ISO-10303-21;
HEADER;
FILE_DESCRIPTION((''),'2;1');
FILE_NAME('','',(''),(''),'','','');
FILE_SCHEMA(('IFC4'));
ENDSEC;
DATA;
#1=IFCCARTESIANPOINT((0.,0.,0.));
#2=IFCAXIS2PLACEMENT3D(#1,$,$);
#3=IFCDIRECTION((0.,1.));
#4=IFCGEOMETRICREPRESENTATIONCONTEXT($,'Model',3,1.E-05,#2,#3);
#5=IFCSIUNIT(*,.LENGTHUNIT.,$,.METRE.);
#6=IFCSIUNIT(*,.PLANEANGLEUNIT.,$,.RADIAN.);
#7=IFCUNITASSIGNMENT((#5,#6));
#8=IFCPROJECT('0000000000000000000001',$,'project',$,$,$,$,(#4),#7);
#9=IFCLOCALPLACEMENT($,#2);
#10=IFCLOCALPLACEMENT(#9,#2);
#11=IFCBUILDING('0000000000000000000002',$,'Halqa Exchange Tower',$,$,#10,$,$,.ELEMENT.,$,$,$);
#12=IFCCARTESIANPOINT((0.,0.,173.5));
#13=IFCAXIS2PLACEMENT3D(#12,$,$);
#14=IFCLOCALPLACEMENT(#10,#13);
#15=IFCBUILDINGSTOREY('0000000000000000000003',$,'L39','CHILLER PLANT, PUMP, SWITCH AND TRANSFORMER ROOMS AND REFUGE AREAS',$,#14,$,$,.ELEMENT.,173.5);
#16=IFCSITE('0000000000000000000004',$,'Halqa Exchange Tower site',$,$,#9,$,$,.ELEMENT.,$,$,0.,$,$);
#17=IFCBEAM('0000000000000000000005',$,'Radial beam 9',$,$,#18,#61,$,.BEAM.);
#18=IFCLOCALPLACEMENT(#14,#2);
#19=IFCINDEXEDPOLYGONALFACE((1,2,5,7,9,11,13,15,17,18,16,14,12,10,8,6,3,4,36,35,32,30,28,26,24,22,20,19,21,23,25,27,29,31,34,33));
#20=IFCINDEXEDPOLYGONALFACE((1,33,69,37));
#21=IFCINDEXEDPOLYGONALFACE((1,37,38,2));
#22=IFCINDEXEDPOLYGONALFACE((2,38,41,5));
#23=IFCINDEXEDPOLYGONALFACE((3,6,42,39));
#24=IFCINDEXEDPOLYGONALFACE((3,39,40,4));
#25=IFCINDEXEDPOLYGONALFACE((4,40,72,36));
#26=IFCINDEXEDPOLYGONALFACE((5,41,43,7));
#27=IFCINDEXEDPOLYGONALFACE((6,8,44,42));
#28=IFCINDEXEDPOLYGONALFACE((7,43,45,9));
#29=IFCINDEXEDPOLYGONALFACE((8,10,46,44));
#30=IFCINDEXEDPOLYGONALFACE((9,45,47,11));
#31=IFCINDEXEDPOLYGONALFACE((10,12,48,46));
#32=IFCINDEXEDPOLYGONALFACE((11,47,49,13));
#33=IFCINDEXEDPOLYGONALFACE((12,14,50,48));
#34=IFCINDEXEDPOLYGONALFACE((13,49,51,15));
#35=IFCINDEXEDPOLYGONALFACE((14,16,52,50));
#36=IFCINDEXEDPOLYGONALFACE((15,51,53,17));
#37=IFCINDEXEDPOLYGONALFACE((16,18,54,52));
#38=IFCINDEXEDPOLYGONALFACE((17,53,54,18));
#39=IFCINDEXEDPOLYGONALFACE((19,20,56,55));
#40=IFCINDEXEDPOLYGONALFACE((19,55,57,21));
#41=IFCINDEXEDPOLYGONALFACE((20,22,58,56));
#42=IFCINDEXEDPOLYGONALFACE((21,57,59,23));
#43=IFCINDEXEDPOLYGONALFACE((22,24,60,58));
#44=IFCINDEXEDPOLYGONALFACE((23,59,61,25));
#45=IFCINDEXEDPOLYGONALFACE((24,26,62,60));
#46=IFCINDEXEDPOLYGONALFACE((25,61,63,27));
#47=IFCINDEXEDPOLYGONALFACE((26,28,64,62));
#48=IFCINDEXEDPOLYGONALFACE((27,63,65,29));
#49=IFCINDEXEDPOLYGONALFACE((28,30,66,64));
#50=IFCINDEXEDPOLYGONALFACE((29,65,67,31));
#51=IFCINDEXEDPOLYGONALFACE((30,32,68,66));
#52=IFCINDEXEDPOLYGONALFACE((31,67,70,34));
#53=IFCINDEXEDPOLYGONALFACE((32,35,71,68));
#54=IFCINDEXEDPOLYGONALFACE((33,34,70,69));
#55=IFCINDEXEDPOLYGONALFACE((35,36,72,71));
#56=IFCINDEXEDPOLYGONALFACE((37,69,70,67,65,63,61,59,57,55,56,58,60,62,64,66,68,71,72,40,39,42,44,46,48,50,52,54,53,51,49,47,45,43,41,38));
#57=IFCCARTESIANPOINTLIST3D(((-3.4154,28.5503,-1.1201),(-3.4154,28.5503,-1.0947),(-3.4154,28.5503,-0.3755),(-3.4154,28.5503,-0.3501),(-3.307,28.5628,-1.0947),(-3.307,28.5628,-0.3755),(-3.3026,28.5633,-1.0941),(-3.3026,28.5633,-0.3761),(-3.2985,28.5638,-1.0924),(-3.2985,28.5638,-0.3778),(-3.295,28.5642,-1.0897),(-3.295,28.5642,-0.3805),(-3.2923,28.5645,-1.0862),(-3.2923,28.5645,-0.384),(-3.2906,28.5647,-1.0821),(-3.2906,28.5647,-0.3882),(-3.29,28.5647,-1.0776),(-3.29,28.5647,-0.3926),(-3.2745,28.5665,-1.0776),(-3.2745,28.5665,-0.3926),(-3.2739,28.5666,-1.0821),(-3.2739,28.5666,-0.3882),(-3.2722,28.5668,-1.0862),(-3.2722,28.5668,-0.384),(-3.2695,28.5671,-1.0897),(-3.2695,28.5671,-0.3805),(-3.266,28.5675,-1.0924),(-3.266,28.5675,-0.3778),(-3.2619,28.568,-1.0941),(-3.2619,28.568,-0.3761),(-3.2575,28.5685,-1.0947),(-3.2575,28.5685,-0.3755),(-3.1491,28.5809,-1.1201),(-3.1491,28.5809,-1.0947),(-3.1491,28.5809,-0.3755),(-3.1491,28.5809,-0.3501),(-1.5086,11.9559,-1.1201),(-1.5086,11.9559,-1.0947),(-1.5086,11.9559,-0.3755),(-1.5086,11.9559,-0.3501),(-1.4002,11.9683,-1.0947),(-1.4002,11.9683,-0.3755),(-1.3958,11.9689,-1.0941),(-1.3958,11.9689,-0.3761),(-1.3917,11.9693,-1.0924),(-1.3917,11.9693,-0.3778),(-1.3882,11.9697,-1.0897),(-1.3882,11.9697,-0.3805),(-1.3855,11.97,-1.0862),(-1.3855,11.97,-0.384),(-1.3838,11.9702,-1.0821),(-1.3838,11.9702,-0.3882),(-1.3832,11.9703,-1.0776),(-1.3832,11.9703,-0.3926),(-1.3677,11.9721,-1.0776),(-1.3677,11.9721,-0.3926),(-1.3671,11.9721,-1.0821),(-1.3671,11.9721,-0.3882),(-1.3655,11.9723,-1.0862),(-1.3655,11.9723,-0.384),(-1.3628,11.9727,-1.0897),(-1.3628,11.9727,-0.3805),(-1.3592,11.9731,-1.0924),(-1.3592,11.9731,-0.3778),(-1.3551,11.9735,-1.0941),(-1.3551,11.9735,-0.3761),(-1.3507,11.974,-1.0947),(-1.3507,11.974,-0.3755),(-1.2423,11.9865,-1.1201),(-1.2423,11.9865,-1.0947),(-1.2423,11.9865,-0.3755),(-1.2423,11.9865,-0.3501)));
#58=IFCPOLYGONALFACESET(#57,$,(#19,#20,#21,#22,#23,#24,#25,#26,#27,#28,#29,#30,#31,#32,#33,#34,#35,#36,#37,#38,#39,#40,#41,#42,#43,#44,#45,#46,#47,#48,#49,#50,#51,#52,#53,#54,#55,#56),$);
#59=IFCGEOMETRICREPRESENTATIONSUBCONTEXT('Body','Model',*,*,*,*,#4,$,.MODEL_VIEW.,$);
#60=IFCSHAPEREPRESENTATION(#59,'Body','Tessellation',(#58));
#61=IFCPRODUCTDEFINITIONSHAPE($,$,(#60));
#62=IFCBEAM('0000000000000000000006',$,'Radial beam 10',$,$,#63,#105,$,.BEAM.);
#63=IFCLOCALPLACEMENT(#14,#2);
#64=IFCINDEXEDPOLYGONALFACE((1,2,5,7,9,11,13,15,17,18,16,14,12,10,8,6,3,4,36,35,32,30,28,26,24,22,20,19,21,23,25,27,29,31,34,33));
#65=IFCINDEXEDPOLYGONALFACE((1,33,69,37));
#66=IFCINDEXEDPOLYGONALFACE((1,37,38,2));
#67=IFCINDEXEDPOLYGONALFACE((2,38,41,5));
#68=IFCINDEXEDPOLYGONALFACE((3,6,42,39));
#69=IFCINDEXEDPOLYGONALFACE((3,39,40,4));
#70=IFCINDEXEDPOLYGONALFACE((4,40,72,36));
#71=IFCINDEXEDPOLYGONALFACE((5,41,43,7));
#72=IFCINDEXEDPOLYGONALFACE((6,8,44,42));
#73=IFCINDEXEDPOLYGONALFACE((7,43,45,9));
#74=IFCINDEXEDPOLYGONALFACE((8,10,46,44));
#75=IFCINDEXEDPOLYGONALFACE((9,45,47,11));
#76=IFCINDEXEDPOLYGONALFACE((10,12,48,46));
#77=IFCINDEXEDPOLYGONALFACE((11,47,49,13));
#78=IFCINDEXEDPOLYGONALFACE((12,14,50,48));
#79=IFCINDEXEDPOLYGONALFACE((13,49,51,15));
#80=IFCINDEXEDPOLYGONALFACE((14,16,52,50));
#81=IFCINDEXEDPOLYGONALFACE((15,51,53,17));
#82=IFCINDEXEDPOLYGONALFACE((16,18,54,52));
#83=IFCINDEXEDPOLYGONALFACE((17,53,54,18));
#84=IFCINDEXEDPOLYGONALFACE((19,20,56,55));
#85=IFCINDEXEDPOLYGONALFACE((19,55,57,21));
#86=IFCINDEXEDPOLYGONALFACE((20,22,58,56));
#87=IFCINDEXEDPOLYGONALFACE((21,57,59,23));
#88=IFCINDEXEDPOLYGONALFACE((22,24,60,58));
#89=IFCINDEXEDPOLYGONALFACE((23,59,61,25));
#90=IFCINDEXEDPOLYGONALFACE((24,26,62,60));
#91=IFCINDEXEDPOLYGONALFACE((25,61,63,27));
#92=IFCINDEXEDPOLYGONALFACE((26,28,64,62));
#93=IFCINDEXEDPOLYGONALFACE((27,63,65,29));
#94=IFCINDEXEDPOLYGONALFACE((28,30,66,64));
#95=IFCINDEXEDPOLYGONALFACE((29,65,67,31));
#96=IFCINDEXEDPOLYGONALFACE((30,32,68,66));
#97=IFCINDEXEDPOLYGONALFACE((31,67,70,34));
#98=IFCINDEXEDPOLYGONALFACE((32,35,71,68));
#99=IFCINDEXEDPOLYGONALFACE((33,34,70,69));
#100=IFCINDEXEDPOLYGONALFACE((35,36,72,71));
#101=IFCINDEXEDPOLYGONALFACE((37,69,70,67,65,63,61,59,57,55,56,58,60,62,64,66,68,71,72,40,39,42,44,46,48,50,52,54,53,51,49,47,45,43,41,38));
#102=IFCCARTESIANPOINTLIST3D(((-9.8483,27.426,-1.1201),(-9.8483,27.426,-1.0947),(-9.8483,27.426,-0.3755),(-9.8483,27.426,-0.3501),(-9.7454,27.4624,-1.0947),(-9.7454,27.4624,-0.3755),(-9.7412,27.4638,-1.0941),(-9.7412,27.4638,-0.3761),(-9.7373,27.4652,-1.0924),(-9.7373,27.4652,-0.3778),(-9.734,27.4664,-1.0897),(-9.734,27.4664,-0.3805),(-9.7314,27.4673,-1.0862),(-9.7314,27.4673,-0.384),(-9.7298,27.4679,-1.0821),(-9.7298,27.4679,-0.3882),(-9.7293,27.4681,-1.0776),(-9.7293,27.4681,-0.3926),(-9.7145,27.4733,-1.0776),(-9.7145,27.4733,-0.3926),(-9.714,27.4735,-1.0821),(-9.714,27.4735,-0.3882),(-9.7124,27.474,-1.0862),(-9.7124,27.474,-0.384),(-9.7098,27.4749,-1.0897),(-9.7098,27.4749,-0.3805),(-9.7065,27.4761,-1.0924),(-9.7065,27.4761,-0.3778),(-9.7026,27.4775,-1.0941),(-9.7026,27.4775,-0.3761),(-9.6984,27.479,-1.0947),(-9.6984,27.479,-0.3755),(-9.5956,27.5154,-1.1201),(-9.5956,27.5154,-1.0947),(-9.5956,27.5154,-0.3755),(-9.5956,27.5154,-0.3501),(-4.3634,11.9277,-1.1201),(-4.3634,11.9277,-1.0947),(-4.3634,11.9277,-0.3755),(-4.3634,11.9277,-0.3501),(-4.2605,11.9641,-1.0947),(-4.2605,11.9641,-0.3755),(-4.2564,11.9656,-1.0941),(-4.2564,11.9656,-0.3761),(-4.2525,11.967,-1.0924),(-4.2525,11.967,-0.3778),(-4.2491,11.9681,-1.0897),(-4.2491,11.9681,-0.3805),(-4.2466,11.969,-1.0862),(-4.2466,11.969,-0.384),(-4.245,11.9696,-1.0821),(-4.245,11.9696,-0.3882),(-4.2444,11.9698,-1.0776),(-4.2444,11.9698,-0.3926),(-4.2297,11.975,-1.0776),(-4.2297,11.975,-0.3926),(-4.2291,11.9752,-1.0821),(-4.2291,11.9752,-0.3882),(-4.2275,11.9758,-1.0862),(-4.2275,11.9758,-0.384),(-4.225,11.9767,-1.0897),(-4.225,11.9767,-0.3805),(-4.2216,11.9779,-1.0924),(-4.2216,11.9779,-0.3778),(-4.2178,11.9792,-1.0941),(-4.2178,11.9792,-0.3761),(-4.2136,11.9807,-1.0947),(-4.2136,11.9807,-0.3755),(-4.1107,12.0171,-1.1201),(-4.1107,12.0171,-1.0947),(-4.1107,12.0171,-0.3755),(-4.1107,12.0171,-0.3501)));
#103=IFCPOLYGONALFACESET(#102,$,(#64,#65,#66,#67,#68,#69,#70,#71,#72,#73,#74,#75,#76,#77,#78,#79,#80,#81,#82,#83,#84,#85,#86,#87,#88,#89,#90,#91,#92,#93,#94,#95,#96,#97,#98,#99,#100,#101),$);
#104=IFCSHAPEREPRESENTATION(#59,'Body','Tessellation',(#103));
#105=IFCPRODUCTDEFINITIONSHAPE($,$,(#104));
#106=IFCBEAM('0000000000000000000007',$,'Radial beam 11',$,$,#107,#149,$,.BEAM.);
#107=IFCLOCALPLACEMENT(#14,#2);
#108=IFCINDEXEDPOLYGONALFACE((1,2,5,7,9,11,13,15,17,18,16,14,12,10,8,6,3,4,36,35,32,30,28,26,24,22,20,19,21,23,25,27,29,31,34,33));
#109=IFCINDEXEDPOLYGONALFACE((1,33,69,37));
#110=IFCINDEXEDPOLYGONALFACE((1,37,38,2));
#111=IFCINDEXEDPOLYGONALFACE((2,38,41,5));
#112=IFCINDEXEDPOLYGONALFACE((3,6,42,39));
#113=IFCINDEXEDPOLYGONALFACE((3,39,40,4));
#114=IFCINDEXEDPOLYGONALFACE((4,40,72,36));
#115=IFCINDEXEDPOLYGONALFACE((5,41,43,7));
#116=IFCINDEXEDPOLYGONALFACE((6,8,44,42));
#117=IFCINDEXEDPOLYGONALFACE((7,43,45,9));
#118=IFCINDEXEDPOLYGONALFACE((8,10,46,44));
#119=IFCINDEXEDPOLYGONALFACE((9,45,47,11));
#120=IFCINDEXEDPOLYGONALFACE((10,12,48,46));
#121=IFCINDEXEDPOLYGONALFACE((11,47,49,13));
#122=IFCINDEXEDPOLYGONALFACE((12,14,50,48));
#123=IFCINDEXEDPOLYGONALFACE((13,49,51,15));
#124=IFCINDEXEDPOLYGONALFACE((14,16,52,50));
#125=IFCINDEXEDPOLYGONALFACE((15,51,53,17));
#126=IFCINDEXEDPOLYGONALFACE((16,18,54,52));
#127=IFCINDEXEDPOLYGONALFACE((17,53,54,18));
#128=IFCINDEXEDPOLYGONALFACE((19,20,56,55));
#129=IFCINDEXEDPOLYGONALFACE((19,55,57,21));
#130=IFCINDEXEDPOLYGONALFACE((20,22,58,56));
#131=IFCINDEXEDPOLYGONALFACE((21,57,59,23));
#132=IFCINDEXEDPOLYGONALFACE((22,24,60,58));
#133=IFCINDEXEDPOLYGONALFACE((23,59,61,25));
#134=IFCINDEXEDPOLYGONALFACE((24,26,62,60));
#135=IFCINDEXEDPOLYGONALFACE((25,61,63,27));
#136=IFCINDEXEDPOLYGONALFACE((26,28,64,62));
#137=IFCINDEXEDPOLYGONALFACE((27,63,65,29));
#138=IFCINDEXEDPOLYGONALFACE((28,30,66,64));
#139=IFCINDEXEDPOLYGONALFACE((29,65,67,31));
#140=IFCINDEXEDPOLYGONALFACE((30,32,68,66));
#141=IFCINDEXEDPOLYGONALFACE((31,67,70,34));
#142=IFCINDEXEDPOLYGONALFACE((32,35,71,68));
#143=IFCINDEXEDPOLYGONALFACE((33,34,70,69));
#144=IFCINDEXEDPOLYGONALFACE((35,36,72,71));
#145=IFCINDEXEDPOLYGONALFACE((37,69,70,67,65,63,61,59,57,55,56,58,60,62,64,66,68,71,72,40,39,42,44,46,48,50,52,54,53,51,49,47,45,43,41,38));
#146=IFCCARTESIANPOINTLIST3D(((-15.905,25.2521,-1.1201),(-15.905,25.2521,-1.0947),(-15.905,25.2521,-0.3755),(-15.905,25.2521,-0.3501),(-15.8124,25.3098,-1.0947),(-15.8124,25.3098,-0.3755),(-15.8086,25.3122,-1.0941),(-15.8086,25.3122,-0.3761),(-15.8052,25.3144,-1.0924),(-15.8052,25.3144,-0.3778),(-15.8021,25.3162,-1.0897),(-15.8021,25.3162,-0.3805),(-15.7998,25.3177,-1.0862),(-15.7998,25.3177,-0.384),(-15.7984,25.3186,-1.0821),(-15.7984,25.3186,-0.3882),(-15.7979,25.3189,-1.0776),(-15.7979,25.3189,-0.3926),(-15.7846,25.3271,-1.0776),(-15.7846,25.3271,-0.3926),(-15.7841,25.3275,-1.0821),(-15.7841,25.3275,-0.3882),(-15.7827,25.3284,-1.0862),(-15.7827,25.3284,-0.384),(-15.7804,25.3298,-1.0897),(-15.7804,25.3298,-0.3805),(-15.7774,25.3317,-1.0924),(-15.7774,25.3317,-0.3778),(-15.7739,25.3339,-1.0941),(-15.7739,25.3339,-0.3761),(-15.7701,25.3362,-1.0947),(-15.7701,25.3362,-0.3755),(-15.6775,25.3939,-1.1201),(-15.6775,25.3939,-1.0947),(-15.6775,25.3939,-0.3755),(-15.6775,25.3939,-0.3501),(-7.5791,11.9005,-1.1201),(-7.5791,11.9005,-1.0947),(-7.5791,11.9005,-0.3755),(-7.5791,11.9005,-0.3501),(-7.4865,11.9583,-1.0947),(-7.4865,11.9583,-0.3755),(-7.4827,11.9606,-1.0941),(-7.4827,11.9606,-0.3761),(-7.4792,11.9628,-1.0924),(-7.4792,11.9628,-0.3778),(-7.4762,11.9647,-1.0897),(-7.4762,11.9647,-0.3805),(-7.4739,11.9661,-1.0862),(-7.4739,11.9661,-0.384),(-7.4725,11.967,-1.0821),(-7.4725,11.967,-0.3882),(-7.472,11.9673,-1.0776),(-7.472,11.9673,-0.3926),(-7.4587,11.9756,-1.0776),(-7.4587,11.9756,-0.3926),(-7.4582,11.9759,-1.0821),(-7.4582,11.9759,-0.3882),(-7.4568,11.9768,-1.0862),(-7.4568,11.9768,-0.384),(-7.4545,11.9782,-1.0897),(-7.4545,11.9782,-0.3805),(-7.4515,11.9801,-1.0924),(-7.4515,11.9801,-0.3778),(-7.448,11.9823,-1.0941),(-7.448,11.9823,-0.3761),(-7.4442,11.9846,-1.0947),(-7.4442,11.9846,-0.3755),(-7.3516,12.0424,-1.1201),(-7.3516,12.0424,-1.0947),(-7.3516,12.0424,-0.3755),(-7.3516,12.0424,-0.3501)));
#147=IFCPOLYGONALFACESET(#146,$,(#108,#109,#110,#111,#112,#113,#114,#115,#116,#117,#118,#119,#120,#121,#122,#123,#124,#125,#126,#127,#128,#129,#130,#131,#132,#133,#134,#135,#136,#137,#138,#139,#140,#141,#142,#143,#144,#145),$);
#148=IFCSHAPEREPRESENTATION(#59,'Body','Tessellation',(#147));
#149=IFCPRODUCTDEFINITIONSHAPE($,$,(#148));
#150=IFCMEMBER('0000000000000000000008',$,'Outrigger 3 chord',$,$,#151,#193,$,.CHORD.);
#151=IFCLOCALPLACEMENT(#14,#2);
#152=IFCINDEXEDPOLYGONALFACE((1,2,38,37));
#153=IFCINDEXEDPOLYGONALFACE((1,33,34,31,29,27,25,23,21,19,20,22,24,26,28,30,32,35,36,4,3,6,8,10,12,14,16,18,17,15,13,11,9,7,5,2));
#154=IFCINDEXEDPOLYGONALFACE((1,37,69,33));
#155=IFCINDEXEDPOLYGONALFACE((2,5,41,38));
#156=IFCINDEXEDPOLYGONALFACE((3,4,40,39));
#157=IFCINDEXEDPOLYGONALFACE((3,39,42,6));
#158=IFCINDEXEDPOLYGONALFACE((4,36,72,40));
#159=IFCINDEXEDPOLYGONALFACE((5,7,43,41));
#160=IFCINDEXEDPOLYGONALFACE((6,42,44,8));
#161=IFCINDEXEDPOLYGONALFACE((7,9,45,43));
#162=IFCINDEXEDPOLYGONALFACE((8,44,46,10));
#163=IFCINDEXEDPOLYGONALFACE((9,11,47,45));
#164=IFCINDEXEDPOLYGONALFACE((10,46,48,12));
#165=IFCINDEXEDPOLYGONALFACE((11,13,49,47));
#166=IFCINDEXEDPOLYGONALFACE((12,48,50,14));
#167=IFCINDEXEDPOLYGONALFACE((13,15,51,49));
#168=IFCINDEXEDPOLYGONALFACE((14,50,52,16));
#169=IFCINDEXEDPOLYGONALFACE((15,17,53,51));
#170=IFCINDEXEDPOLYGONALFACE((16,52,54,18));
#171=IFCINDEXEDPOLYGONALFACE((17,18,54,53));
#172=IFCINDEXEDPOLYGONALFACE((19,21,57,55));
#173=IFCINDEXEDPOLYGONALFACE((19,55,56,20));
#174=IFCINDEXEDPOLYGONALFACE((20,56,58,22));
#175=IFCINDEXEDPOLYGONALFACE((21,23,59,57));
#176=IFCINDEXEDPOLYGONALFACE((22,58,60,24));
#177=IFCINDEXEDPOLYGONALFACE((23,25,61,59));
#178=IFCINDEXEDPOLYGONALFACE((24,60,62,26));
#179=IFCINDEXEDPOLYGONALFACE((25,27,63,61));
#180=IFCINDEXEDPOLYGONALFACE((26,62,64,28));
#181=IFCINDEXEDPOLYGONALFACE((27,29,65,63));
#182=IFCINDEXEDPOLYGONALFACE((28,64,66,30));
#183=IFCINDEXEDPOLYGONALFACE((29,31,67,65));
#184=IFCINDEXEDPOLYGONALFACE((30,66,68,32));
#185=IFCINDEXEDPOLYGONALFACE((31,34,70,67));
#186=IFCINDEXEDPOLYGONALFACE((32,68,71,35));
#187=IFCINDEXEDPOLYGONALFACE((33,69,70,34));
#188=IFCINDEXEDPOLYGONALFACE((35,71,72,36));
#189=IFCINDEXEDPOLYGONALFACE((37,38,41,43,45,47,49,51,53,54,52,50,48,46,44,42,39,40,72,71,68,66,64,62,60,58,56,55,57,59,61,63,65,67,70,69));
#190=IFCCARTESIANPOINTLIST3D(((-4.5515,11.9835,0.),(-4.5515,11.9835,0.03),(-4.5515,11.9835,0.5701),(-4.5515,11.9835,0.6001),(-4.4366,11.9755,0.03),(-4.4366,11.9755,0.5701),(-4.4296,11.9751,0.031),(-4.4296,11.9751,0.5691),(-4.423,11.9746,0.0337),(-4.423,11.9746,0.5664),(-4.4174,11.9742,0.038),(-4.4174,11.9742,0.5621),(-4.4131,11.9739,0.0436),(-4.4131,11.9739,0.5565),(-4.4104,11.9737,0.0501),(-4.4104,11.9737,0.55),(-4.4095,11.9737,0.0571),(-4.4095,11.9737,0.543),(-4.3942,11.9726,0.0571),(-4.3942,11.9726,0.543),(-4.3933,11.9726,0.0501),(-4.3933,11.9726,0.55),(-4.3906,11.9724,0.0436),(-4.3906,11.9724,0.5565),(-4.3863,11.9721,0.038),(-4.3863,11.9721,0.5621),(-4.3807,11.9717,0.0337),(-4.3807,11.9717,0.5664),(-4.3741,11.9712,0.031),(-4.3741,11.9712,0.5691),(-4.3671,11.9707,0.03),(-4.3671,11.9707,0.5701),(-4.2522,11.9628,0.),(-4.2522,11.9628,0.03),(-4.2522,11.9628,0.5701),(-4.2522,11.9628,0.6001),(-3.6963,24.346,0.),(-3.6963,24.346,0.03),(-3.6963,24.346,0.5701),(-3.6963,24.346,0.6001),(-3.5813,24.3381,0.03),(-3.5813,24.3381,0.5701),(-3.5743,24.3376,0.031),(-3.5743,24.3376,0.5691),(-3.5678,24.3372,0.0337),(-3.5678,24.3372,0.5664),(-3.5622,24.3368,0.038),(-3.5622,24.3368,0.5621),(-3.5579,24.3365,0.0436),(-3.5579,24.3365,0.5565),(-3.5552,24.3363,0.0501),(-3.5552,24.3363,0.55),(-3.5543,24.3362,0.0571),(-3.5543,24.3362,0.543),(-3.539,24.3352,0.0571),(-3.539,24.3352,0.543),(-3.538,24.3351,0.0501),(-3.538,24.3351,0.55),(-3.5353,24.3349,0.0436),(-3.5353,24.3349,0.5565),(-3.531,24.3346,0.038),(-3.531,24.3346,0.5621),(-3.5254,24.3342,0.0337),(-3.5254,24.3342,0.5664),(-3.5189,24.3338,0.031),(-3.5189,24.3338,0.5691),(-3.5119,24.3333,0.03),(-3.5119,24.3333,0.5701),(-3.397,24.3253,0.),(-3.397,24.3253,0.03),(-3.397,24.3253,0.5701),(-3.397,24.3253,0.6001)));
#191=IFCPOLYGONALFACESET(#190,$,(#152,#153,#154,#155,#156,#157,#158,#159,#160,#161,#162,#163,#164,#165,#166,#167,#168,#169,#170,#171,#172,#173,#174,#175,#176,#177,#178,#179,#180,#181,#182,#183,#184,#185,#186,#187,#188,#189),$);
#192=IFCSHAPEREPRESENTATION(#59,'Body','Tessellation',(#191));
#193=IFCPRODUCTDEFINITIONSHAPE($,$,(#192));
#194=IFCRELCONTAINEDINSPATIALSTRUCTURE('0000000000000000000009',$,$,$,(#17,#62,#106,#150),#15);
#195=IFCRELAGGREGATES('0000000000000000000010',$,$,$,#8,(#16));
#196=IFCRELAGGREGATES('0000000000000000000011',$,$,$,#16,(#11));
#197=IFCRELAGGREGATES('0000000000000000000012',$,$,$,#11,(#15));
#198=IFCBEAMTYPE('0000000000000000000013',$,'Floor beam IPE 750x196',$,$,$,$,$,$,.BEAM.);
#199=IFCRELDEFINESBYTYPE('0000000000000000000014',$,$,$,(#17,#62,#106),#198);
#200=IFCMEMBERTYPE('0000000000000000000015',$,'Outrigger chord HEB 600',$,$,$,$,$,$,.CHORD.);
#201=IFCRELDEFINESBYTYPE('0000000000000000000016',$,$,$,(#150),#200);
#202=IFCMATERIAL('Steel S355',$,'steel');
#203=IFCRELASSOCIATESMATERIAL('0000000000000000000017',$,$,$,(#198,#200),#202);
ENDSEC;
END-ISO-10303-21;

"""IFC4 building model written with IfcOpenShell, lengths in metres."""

from ifc_helpers import new_model, si_unit, direction, frame, origin, origin_2d, place, context, subcontext, project, spatial, i_section, extrude, material, material_profile, profile_set, type_object, element, save


model = new_model("IFC4")

# Units and contexts
model_context = context("Model", 3, precision=1e-05, world=origin(), true_north=direction((0.0, 1.0)))
body_context = subcontext(model_context, "Body", "Model", "MODEL_VIEW")
ifc_project = project(units=[si_unit("LENGTHUNIT", "METRE"), si_unit("PLANEANGLEUNIT", "RADIAN")], contexts=[model_context])

# Site, building, storey
site_placement = place(None, origin())
site = spatial("IfcSite", under=ifc_project, at=site_placement, Name="Halqa Exchange Tower site", CompositionType="ELEMENT", RefElevation=0.0)
building_placement = place(site_placement, origin())
building = spatial("IfcBuilding", under=site, at=building_placement, Name="Halqa Exchange Tower", CompositionType="ELEMENT")
storey_placement = place(building_placement, frame((0.0, 0.0, 173.5)))
storey = spatial("IfcBuildingStorey", under=building, at=storey_placement, Name="L39", Description="CHILLER PLANT, PUMP, SWITCH AND TRANSFORMER ROOMS AND REFUGE AREAS", CompositionType="ELEMENT", Elevation=173.5)

# Beams
ifc_material_1 = material(Name="Steel S355", Category="steel")
ifc_material_profile_1 = material_profile(ifc_material_1, i_section(OverallWidth=0.2681, OverallDepth=0.77, WebThickness=0.0156, FlangeThickness=0.0254, FilletRadius=0.0171, at=origin_2d()), Name="IPE 750x196")
ifc_profile_set_1 = profile_set([ifc_material_profile_1], Name="Steel S355")
beam_type = type_object("IfcBeamType", Name="Floor beam IPE 750x196", PredefinedType="BEAM", material=ifc_profile_set_1)
beam_1_placement = place(storey_placement, frame((-1.3755, 11.9712, -0.7351), z_axis=(-0.114151, 0.993463, 0.0), x_axis=(-0.993463, -0.114151, 0.0)))
element("IfcBeam", 1, at=beam_1_placement, inside=storey, type_object=beam_type, Name="Radial beam 9", PredefinedType="BEAM", context=body_context, shape_type="SweptSolid", body=[
    extrude(i_section(OverallWidth=0.2681, OverallDepth=0.77, WebThickness=0.0156, FlangeThickness=0.0254, FilletRadius=0.0171, at=origin_2d()), origin(), (0.0, 0.0, 1.0), 16.7036),
])
beam_2_placement = place(storey_placement, frame((-4.2371, 11.9724, -0.7351), z_axis=(-0.333625, 0.942706, 0.0), x_axis=(-0.942706, -0.333625, 0.0)))
element("IfcBeam", 2, at=beam_2_placement, inside=storey, type_object=beam_type, Name="Radial beam 10", PredefinedType="BEAM", context=body_context, shape_type="SweptSolid", body=[
    extrude(i_section(OverallWidth=0.2681, OverallDepth=0.77, WebThickness=0.0156, FlangeThickness=0.0254, FilletRadius=0.0171, at=origin_2d()), origin(), (0.0, 0.0, 1.0), 16.4402),
])
beam_3_placement = place(storey_placement, frame((-7.4653, 11.9714, -0.7351), z_axis=(-0.52914, 0.848535, 0.0), x_axis=(-0.848535, -0.52914, 0.0)))
element("IfcBeam", 3, at=beam_3_placement, inside=storey, type_object=beam_type, Name="Radial beam 11", PredefinedType="BEAM", context=body_context, shape_type="SweptSolid", body=[
    extrude(i_section(OverallWidth=0.2681, OverallDepth=0.77, WebThickness=0.0156, FlangeThickness=0.0254, FilletRadius=0.0171, at=origin_2d()), origin(), (0.0, 0.0, 1.0), 15.7349),
])

# Member
ifc_material_profile_2 = material_profile(ifc_material_1, i_section(OverallWidth=0.3, OverallDepth=0.6001, WebThickness=0.0154, FlangeThickness=0.03, FilletRadius=0.0271, at=origin_2d()), Name="HEB 600")
ifc_profile_set_2 = profile_set([ifc_material_profile_2], Name="Steel S355")
member_type_1 = type_object("IfcMemberType", Name="Outrigger chord HEB 600", PredefinedType="CHORD", material=ifc_profile_set_2)
member_1_placement = place(storey_placement, frame((-4.4019, 11.9731, 0.3), z_axis=(0.069014, 0.997616, 0.0), x_axis=(-0.997616, 0.069014, 0.0)))
element("IfcMember", 4, at=member_1_placement, inside=storey, type_object=member_type_1, Name="Outrigger 3 chord", PredefinedType="CHORD", context=body_context, shape_type="SweptSolid", body=[
    extrude(i_section(OverallWidth=0.3, OverallDepth=0.6001, WebThickness=0.0154, FlangeThickness=0.03, FilletRadius=0.0271, at=origin_2d()), origin(), (0.0, 0.0, 1.0), 12.3921),
])

save(model, "model.ifc")
